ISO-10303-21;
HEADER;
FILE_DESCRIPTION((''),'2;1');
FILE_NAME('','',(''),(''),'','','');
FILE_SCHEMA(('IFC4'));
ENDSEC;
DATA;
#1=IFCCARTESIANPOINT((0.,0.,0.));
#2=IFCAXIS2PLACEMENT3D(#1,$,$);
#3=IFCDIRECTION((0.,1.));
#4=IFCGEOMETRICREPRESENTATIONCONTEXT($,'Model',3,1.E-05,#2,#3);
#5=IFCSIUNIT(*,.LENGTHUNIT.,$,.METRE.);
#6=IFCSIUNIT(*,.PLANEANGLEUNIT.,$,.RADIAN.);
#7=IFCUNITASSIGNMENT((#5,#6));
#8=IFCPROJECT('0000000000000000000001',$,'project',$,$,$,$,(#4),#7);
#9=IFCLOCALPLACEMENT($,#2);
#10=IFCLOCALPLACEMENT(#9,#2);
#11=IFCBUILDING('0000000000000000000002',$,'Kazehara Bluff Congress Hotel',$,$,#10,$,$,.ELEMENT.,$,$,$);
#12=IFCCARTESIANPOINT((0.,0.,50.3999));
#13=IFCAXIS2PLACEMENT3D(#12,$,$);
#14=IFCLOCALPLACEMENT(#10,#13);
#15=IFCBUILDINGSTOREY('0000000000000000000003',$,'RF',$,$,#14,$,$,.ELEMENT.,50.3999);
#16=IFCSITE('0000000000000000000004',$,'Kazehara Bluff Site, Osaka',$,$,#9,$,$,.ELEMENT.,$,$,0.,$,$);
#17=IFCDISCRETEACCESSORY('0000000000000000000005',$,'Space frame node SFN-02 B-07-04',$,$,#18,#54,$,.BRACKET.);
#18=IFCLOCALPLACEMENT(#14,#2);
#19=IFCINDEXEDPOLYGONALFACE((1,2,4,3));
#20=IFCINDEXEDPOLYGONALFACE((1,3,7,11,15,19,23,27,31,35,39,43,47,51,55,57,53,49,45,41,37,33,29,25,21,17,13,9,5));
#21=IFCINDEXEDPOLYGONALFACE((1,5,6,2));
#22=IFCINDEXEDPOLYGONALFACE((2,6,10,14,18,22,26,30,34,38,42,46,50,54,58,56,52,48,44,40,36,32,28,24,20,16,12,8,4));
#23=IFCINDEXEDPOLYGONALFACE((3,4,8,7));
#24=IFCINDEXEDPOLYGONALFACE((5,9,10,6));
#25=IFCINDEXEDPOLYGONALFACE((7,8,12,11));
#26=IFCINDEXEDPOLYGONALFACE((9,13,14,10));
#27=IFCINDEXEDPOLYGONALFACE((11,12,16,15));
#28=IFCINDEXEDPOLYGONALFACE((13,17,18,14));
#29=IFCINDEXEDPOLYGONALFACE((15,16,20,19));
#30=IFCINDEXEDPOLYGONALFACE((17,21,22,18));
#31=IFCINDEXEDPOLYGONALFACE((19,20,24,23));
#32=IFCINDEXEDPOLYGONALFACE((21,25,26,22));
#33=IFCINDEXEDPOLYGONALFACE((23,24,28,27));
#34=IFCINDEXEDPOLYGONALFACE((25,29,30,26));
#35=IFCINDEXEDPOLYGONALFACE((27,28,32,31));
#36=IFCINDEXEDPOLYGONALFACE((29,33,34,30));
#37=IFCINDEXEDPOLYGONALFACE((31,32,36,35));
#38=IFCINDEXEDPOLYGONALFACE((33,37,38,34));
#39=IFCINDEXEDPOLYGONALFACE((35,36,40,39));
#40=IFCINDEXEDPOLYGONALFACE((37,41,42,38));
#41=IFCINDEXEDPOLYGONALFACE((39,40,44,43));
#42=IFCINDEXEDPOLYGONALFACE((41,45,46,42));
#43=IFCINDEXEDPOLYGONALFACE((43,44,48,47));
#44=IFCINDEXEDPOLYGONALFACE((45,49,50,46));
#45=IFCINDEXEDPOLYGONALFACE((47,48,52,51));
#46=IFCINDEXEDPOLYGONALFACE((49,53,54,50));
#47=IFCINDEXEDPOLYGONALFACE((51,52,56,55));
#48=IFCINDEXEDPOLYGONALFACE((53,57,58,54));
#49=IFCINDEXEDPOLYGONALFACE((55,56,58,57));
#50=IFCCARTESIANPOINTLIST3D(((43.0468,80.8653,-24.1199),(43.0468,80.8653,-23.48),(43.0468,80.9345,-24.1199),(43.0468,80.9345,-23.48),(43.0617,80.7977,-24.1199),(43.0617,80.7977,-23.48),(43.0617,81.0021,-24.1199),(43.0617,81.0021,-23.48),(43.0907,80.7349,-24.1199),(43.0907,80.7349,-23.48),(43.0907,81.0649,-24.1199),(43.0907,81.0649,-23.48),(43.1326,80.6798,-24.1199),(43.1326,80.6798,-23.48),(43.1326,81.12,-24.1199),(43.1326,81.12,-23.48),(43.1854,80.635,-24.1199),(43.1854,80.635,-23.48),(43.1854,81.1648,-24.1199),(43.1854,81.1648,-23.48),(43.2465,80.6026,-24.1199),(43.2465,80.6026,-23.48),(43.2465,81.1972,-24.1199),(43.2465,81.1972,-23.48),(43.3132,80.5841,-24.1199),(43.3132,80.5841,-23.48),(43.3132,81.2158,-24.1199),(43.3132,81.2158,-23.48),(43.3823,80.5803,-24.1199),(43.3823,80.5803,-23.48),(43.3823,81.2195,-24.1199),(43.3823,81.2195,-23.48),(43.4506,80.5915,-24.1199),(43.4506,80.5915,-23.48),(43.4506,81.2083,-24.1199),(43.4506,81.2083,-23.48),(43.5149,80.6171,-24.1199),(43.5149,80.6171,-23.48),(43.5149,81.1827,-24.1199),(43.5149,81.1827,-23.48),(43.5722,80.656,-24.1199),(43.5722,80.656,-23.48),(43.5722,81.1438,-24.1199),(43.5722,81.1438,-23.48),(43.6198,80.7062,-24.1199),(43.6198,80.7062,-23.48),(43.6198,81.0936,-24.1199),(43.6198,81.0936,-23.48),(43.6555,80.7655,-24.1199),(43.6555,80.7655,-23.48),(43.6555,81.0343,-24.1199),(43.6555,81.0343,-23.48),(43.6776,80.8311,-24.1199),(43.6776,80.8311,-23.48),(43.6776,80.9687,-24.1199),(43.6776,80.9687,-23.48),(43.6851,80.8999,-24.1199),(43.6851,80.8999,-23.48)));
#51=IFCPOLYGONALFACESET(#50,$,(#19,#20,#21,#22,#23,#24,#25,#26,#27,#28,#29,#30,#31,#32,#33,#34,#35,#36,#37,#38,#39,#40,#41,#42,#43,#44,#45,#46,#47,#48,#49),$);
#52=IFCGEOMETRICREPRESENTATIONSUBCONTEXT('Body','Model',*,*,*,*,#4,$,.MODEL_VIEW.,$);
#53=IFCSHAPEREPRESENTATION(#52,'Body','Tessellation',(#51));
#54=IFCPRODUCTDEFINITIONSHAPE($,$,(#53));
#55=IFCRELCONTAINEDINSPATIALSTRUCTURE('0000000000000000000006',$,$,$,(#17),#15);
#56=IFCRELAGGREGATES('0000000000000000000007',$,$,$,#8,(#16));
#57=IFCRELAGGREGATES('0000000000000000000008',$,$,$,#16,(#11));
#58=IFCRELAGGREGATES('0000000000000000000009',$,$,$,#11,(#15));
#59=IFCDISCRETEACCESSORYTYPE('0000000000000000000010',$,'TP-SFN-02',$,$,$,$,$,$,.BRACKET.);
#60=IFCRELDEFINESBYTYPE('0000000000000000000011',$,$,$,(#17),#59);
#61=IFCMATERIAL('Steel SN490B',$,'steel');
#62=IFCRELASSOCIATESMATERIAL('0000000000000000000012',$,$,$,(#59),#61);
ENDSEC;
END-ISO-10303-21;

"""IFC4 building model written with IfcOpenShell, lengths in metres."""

from ifc_helpers import new_model, si_unit, direction, frame, origin, origin_2d, place, context, subcontext, project, spatial, circle, extrude, material, material_profile, profile_set, type_object, element, save


model = new_model("IFC4")

# Units and contexts
model_context = context("Model", 3, precision=1e-05, world=origin(), true_north=direction((0.0, 1.0)))
body_context = subcontext(model_context, "Body", "Model", "MODEL_VIEW")
ifc_project = project(units=[si_unit("LENGTHUNIT", "METRE"), si_unit("PLANEANGLEUNIT", "RADIAN")], contexts=[model_context])

# Site, building, storey
site_placement = place(None, origin())
site = spatial("IfcSite", under=ifc_project, at=site_placement, Name="Kazehara Bluff Site, Osaka", CompositionType="ELEMENT", RefElevation=0.0)
building_placement = place(site_placement, origin())
building = spatial("IfcBuilding", under=site, at=building_placement, Name="Kazehara Bluff Congress Hotel", CompositionType="ELEMENT")
storey_placement = place(building_placement, frame((0.0, 0.0, 50.3999)))
storey = spatial("IfcBuildingStorey", under=building, at=storey_placement, Name="RF", CompositionType="ELEMENT", Elevation=50.3999)

# Discrete accessory
ifc_material_1 = material(Name="Steel SN490B", Category="steel")
ifc_material_profile_1 = material_profile(ifc_material_1, circle(Radius=0.3201, at=origin_2d()))
ifc_profile_set_1 = profile_set([ifc_material_profile_1], Name="Steel SN490B")
discrete_accessory_type_1 = type_object("IfcDiscreteAccessoryType", Name="TP-SFN-02", PredefinedType="BRACKET", material=ifc_profile_set_1)
for number, where, z_axis, x_axis, name in (
    (1, (43.365, 80.8999, -24.1199), (0.0, 0.0, 1.0), (1.0, 0.0, 0.0), "Space frame node SFN-02 B-07-04"),
):
    element("IfcDiscreteAccessory", number, at=place(storey_placement, frame(where, z_axis=z_axis, x_axis=x_axis)), inside=storey, type_object=discrete_accessory_type_1, Name=name, PredefinedType="BRACKET", context=body_context, shape_type="SweptSolid", body=[
        extrude(circle(Radius=0.3201, at=origin_2d()), origin(), (0.0, 0.0, 1.0), 0.6399),
    ])

save(model, "model.ifc")
